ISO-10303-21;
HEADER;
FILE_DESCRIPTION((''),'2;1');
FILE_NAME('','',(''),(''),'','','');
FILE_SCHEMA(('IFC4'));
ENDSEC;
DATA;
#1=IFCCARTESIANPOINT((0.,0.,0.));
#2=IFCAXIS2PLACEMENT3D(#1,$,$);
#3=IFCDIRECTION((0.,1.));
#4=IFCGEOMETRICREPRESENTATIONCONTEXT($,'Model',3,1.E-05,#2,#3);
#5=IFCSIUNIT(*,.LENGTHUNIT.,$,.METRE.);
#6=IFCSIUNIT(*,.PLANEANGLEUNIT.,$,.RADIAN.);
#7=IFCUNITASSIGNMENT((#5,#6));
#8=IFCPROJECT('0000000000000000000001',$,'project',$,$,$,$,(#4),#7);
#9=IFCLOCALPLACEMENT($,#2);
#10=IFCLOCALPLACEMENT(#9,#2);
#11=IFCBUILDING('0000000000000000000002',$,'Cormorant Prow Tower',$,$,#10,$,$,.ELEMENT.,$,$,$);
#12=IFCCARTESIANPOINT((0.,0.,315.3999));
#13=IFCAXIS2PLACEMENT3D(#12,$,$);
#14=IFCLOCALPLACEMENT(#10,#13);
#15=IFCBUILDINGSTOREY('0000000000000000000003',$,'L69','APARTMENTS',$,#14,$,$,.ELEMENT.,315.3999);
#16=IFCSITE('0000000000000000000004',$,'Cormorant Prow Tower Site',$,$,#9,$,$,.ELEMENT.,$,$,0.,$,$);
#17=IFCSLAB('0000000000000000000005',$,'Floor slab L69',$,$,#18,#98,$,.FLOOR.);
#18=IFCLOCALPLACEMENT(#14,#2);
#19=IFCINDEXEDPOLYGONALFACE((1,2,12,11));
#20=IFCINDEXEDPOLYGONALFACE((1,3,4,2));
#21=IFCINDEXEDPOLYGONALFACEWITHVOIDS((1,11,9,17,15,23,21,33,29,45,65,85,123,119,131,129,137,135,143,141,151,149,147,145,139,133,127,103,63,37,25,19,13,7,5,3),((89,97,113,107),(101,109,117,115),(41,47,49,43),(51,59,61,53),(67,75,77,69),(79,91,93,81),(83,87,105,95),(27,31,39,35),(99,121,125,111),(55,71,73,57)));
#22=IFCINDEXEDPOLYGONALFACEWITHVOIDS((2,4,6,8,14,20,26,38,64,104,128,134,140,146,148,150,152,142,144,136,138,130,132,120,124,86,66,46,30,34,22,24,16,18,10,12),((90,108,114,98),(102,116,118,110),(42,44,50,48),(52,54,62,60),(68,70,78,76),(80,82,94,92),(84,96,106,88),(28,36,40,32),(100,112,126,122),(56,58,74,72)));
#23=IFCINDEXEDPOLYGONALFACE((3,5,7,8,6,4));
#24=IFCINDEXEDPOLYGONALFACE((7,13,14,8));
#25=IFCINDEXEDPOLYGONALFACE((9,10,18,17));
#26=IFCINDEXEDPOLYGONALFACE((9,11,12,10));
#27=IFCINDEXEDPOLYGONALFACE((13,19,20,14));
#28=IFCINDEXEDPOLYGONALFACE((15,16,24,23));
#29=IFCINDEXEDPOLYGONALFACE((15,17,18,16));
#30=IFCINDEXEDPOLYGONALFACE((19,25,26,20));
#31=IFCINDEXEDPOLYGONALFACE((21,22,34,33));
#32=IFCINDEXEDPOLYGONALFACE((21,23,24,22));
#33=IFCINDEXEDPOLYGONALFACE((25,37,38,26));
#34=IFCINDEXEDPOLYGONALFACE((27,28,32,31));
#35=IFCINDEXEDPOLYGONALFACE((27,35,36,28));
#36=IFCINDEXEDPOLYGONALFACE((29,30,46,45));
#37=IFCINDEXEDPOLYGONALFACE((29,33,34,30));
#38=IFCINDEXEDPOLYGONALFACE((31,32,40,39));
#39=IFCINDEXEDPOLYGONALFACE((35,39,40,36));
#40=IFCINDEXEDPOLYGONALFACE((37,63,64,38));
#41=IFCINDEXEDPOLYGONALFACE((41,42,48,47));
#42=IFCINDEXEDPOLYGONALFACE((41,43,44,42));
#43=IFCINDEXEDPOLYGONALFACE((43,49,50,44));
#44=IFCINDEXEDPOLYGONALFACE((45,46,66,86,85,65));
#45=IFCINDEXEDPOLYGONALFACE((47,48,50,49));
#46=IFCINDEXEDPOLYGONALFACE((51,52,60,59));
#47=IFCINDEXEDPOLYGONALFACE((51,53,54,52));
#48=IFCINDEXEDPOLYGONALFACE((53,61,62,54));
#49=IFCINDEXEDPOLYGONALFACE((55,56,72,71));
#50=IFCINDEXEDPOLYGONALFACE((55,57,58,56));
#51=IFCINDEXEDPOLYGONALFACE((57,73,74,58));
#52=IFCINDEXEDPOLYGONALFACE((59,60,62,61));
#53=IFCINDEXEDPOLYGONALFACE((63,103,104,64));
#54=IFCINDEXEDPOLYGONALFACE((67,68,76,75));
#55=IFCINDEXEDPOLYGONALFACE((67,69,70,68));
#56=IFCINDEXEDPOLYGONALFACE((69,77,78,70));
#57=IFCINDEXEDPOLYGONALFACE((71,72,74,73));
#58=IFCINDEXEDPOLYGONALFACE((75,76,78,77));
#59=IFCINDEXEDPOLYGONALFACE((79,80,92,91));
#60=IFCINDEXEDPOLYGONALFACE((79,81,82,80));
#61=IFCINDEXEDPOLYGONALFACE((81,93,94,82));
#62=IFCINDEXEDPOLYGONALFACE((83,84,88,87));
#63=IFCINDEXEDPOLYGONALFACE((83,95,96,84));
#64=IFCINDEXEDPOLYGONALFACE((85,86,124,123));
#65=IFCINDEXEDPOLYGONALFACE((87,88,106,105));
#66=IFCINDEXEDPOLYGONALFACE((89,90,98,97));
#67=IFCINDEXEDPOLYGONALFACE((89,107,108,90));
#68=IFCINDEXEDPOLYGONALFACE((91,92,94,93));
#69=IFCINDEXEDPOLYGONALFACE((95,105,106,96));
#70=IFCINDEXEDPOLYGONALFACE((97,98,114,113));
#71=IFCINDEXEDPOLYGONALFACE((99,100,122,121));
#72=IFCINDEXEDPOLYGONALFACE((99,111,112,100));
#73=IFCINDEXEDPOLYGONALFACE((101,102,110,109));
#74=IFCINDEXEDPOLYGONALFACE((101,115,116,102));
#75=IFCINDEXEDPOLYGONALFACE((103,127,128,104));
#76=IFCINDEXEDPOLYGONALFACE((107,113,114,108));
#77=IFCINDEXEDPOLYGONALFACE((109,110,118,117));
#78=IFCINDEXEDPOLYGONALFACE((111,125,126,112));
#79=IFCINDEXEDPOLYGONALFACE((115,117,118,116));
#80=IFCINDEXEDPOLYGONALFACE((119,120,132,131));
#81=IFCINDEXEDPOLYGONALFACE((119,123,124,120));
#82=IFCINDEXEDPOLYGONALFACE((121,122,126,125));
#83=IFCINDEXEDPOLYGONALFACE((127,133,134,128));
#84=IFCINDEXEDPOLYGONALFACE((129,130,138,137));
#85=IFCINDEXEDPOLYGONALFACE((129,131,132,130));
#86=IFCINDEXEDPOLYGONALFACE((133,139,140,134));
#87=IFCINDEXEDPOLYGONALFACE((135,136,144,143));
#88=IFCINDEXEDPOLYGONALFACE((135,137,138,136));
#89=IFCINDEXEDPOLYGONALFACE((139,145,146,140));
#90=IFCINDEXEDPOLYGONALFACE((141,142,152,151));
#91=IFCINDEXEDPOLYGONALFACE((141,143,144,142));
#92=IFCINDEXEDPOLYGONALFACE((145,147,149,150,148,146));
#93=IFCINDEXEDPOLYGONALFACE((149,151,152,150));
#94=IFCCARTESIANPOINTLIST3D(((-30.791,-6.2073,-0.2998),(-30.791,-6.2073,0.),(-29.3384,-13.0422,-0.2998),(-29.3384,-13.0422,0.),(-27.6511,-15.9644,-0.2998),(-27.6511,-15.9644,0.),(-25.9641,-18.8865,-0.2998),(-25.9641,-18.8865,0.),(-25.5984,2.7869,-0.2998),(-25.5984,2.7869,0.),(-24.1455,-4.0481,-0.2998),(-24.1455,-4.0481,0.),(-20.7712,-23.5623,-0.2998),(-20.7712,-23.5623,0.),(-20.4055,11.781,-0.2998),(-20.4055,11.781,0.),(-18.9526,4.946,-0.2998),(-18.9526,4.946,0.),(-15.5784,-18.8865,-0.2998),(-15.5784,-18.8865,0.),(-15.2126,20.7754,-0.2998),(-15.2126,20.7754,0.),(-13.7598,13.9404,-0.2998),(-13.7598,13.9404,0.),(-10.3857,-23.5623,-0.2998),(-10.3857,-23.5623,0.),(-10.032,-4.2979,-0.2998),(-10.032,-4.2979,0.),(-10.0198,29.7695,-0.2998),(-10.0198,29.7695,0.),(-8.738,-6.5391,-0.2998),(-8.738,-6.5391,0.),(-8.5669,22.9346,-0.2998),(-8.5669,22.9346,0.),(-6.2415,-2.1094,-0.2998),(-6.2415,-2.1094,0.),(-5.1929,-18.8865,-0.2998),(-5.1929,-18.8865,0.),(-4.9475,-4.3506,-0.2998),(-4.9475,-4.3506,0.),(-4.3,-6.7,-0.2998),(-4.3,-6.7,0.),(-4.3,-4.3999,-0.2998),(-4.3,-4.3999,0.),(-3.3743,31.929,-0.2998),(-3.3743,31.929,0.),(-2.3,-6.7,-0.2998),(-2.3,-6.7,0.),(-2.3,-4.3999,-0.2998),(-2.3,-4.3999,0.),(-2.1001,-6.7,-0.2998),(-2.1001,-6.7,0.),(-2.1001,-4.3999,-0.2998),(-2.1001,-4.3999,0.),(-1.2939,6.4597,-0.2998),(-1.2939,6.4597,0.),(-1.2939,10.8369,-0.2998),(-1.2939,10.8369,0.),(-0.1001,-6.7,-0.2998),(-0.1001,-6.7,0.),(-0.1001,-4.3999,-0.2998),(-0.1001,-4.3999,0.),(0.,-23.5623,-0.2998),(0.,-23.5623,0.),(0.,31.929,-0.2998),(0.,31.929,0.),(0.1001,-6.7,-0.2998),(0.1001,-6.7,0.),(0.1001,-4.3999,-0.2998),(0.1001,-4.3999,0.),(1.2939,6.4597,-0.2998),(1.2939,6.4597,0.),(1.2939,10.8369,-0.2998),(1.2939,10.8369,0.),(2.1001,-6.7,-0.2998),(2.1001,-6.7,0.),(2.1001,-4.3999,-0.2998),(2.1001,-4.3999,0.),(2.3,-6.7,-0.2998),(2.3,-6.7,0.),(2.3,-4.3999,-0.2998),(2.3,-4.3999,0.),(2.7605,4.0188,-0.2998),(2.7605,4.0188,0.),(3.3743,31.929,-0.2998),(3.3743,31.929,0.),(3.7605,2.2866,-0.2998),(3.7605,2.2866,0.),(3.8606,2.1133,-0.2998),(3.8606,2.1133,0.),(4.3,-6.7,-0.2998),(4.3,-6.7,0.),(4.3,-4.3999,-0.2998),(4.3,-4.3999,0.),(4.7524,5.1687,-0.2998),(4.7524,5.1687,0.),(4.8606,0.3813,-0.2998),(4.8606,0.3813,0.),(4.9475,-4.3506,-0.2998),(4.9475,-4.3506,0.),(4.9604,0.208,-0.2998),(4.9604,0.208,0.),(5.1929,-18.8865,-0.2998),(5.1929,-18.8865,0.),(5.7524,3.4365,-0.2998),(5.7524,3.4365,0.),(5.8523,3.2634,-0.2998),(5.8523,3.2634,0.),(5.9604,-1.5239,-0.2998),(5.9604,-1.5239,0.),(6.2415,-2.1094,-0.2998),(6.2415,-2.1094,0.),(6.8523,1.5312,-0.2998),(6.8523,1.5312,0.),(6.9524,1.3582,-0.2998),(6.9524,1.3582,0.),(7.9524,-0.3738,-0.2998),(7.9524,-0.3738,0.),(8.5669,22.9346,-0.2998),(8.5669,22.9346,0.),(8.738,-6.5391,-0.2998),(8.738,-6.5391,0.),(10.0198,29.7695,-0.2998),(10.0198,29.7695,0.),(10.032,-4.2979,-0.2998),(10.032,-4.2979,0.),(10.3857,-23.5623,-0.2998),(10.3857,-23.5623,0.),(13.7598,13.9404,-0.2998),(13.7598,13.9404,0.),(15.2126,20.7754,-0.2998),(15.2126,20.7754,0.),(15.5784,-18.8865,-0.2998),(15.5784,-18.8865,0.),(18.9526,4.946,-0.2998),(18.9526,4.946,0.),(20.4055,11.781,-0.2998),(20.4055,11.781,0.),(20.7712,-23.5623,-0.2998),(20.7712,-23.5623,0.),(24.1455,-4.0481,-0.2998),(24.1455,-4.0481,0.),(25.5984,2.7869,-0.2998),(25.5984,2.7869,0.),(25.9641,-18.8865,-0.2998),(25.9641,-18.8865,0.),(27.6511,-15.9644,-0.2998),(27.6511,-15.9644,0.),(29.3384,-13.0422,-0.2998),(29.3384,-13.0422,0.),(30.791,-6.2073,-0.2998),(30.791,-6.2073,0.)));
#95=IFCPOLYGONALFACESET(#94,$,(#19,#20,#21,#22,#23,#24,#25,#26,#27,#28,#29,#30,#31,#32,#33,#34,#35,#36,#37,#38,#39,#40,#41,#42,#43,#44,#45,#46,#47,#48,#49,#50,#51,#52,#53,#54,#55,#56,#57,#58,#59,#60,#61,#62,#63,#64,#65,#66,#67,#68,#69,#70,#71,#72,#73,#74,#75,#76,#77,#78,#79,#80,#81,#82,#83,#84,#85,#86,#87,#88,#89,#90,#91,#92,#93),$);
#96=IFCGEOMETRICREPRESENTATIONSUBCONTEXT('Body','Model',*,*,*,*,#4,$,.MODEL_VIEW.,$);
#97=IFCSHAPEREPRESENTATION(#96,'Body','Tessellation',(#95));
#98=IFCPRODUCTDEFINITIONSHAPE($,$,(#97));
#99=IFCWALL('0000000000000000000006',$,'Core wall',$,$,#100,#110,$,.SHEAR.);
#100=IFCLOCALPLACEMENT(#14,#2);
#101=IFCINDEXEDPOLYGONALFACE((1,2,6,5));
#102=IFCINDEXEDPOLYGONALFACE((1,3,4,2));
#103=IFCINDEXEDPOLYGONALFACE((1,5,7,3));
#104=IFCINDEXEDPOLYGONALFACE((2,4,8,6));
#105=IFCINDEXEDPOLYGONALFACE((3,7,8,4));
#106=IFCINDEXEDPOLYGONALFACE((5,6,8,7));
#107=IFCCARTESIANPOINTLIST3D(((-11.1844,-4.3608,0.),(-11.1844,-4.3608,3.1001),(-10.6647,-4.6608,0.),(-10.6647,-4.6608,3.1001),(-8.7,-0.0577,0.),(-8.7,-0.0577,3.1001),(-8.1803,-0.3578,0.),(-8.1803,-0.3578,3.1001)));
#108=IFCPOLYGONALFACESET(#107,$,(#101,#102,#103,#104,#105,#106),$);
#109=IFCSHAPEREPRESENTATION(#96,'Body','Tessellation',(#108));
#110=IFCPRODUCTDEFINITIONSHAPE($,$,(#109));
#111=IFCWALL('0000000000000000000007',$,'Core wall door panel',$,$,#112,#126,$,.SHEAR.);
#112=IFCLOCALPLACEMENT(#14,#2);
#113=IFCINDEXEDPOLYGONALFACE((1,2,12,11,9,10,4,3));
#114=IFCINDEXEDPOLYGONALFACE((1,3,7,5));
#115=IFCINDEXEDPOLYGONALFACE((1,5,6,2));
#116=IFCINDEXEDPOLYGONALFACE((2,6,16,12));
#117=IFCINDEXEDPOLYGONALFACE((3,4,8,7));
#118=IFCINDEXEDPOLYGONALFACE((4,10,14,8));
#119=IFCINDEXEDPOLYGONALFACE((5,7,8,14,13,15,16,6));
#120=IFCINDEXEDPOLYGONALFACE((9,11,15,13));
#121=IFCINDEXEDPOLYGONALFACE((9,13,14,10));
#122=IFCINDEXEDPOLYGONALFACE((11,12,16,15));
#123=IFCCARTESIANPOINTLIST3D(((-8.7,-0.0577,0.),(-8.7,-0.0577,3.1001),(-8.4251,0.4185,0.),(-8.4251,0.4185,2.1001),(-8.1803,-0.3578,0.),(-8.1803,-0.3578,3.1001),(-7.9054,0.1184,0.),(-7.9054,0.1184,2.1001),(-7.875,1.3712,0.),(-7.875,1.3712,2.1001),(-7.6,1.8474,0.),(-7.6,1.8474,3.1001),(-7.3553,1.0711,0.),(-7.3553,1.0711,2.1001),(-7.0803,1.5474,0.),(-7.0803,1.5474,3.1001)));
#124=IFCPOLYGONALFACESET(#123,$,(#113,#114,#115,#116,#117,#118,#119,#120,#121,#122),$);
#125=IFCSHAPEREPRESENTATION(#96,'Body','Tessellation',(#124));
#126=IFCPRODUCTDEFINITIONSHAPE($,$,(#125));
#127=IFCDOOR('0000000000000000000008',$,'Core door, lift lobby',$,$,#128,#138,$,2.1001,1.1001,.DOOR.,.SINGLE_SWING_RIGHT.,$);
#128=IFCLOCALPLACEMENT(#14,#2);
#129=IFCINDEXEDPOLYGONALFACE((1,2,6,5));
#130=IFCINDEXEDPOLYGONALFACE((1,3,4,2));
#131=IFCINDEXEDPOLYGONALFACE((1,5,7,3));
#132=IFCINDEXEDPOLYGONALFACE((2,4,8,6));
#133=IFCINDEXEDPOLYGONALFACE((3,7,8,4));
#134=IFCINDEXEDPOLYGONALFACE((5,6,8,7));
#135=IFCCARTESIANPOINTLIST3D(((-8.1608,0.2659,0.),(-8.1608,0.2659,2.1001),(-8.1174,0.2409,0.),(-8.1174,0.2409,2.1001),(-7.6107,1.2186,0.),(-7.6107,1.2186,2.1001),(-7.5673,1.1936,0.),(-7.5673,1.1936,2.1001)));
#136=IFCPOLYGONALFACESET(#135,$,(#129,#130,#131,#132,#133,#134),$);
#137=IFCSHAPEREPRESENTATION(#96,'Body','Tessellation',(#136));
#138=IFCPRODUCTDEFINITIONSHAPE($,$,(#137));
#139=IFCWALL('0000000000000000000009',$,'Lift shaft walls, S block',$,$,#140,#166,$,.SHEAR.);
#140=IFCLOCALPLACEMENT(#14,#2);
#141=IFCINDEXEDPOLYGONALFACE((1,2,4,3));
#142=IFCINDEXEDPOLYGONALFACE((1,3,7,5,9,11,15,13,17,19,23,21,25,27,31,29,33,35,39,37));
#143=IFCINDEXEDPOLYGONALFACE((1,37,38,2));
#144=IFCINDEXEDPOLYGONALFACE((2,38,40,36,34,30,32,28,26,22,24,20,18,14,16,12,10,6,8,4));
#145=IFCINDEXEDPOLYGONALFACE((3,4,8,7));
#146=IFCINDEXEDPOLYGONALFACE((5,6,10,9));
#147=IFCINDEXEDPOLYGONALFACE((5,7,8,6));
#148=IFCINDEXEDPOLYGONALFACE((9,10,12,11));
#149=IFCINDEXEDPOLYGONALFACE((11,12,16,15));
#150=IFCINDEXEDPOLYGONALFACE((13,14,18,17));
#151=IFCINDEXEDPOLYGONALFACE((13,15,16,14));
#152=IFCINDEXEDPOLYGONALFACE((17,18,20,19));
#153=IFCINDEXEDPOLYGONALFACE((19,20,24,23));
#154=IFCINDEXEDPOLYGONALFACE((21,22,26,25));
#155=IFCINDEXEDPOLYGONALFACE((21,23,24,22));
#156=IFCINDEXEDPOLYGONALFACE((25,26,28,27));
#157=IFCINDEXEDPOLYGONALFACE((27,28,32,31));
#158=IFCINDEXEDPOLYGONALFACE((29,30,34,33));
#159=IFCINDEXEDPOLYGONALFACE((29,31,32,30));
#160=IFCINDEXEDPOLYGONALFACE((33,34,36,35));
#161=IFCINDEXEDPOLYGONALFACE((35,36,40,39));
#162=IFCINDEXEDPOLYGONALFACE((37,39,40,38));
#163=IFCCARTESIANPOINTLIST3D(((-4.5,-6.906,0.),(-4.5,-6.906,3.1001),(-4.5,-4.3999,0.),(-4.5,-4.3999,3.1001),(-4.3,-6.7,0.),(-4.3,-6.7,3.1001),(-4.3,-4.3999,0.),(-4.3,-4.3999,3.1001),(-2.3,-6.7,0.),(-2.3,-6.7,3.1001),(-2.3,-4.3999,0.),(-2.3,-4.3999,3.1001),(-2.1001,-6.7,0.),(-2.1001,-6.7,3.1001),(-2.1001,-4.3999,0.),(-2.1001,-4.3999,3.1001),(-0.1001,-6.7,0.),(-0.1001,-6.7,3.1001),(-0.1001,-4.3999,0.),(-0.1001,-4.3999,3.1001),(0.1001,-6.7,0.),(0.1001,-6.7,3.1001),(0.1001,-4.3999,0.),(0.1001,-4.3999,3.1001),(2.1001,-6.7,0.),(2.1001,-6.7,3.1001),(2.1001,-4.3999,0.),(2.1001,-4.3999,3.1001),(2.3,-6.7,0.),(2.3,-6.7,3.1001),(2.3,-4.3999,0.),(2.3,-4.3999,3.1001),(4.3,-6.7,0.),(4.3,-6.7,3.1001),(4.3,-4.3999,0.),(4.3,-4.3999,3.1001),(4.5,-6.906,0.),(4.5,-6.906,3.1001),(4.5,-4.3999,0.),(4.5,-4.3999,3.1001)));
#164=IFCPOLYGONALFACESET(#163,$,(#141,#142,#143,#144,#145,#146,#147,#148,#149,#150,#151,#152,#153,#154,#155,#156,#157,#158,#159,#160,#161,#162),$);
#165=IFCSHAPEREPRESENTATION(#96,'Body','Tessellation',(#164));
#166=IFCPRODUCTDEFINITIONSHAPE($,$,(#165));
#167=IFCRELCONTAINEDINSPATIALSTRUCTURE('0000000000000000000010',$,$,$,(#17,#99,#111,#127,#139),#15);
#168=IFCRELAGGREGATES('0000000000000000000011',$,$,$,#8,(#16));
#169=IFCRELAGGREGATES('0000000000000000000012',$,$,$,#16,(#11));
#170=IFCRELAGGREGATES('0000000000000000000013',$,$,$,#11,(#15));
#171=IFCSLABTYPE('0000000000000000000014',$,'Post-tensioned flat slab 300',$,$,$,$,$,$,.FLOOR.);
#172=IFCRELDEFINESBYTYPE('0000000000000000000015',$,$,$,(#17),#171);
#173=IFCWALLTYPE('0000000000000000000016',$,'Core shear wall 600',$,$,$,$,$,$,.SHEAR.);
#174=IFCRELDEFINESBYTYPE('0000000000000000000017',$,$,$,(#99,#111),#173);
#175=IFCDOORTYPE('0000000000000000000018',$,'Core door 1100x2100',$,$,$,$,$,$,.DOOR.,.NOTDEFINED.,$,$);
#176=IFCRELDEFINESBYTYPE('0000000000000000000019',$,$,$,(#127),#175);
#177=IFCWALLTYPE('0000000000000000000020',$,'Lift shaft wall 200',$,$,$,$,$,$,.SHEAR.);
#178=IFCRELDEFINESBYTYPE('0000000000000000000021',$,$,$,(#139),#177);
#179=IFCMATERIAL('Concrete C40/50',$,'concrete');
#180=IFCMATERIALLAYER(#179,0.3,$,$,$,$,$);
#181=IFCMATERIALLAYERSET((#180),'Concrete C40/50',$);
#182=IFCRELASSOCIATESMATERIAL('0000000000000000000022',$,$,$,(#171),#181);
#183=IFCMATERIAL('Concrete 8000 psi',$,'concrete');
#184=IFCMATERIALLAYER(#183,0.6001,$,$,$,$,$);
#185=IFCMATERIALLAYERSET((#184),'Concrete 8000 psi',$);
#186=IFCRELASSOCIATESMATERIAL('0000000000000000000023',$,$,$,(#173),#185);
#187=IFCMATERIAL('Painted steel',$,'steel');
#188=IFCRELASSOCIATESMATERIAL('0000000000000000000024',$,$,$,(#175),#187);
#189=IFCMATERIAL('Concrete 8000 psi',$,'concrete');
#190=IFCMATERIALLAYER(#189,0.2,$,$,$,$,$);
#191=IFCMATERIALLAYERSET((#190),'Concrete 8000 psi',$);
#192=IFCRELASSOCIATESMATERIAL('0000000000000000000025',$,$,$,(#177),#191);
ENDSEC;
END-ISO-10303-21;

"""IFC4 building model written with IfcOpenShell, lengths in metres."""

from ifc_helpers import new_model, si_unit, direction, frame, frame_2d, origin, place, context, subcontext, project, spatial, polyline, rectangle, outline, extrude, material, layer, layer_set, type_object, element, fill, save


model = new_model("IFC4")

# Units and contexts
model_context = context("Model", 3, precision=1e-05, world=origin(), true_north=direction((0.0, 1.0)))
body_context = subcontext(model_context, "Body", "Model", "MODEL_VIEW")
ifc_project = project(units=[si_unit("LENGTHUNIT", "METRE"), si_unit("PLANEANGLEUNIT", "RADIAN")], contexts=[model_context])

# Site, building, storey
site_placement = place(None, origin())
site = spatial("IfcSite", under=ifc_project, at=site_placement, Name="Cormorant Prow Tower Site", CompositionType="ELEMENT", RefElevation=0.0)
building_placement = place(site_placement, origin())
building = spatial("IfcBuilding", under=site, at=building_placement, Name="Cormorant Prow Tower", CompositionType="ELEMENT")
storey_placement = place(building_placement, frame((0.0, 0.0, 315.3999)))
storey = spatial("IfcBuildingStorey", under=building, at=storey_placement, Name="L69", Description="APARTMENTS", CompositionType="ELEMENT", Elevation=315.3999)

# Slab
ifc_material_1 = material(Name="Concrete C40/50", Category="concrete")
ifc_layer_1 = layer(ifc_material_1, 0.3)
ifc_layer_set_1 = layer_set([ifc_layer_1], Name="Concrete C40/50")
slab_type_1 = type_object("IfcSlabType", Name="Post-tensioned flat slab 300", PredefinedType="FLOOR", material=ifc_layer_set_1)
slab_1_placement = place(storey_placement, frame((0.0, 0.0, -0.2998)))
element("IfcSlab", 1, at=slab_1_placement, inside=storey, type_object=slab_type_1, Name="Floor slab L69", PredefinedType="FLOOR", context=body_context, shape_type="SweptSolid", body=[
    extrude(outline(polyline([(-8.5669, 22.9346), (-15.2126, 20.7754), (-13.7598, 13.9404), (-20.4055, 11.781), (-18.9526, 4.946), (-25.5984, 2.7869), (-24.1455, -4.0481), (-30.791, -6.2073), (-29.3384, -13.0422), (-27.6511, -15.9644), (-25.9641, -18.8865), (-20.7712, -23.5623), (-15.5784, -18.8865), (-10.3857, -23.5623), (-5.1929, -18.8865), (0.0, -23.5623), (5.1929, -18.8865), (10.3857, -23.5623), (15.5784, -18.8865), (20.7712, -23.5623), (25.9641, -18.8865), (27.6511, -15.9644), (29.3384, -13.0422), (30.791, -6.2073), (24.1455, -4.0481), (25.5984, 2.7869), (18.9526, 4.946), (20.4055, 11.781), (13.7598, 13.9404), (15.2126, 20.7754), (8.5669, 22.9346), (10.0198, 29.7695), (3.3743, 31.929), (0.0, 31.929), (-3.3743, 31.929), (-10.0198, 29.7695), (-8.5669, 22.9346)]), holes=[polyline([(-4.3, -4.3999), (-2.3, -4.3999), (-2.3, -6.7), (-4.3, -6.7), (-4.3, -4.3999)]), polyline([(-0.1001, -4.3999), (-0.1001, -6.7), (-2.1001, -6.7), (-2.1001, -4.3999), (-0.1001, -4.3999)]), polyline([(2.1001, -6.7), (0.1001, -6.7), (0.1001, -4.3999), (2.1001, -4.3999), (2.1001, -6.7)]), polyline([(2.3, -6.7), (2.3, -4.3999), (4.3, -4.3999), (4.3, -6.7), (2.3, -6.7)]), polyline([(5.9604, -1.5239), (4.9604, 0.208), (6.9524, 1.3582), (7.9524, -0.3738), (5.9604, -1.5239)]), polyline([(3.8606, 2.1133), (5.8523, 3.2634), (6.8523, 1.5312), (4.8606, 0.3813), (3.8606, 2.1133)]), polyline([(4.7524, 5.1687), (5.7524, 3.4365), (3.7605, 2.2866), (2.7605, 4.0188), (4.7524, 5.1687)]), polyline([(-4.9475, -4.3506), (-8.738, -6.5391), (-10.032, -4.2979), (-6.2415, -2.1094), (-4.9475, -4.3506)]), polyline([(10.032, -4.2979), (8.738, -6.5391), (4.9475, -4.3506), (6.2415, -2.1094), (10.032, -4.2979)]), polyline([(1.2939, 10.8369), (1.2939, 6.4597), (-1.2939, 6.4597), (-1.2939, 10.8369), (1.2939, 10.8369)])]), origin(), (0.0, 0.0, 1.0), 0.2998),
])

# Wall
ifc_material_2 = material(Name="Concrete 8000 psi", Category="concrete")
ifc_layer_2 = layer(ifc_material_2, 0.6001)
ifc_layer_set_2 = layer_set([ifc_layer_2], Name="Concrete 8000 psi")
wall_type_1 = type_object("IfcWallType", Name="Core shear wall 600", PredefinedType="SHEAR", material=ifc_layer_set_2)
wall_1_placement = place(storey_placement, frame((-8.4402, -0.2078, 0.0), z_axis=(0.0, 0.0, 1.0), x_axis=(-0.500007, -0.866021, 0.0)))
element("IfcWall", 2, at=wall_1_placement, inside=storey, type_object=wall_type_1, Name="Core wall", PredefinedType="SHEAR", context=body_context, shape_type="SweptSolid", body=[
    extrude(rectangle(XDim=4.9688, YDim=0.6001, at=frame_2d((2.4844, 0.0))), origin(), (0.0, 0.0, 1.0), 3.1001),
])

# Wall, opening, door
wall_2_placement = place(storey_placement, frame((-7.3401, 1.6975, 0.0), z_axis=(0.0, 0.0, 1.0), x_axis=(-0.50003, -0.866008, 0.0)))
wall_2 = element("IfcWall", 3, at=wall_2_placement, inside=storey, type_object=wall_type_1, Name="Core wall door panel", PredefinedType="SHEAR", context=body_context, shape_type="SweptSolid", body=[
    extrude(rectangle(XDim=2.2, YDim=0.6001, at=frame_2d((1.1001, 0.0))), origin(), (0.0, 0.0, 1.0), 3.1001),
])
opening_1_placement = place(wall_2_placement, frame((0.55, 0.0, 0.0)))
opening_1 = element("IfcOpeningElement", 4, at=opening_1_placement, cuts=wall_2, PredefinedType="OPENING", context=body_context, shape_type="SweptSolid", body=[
    extrude(rectangle(XDim=1.1001, YDim=2.1001, at=frame_2d((0.55, 1.05))), frame((0.0, 0.3101, 0.0), z_axis=(0.0, -1.0, 0.0), x_axis=(1.0, 0.0, 0.0)), (0.0, 0.0, 1.0), 0.6201),
])
ifc_material_3 = material(Name="Painted steel", Category="steel")
door_type_1 = type_object("IfcDoorType", Name="Core door 1100x2100", OperationType="NOTDEFINED", PredefinedType="DOOR", material=ifc_material_3)
door_1_placement = place(opening_1_placement, origin())
door_1 = element("IfcDoor", 5, at=door_1_placement, inside=storey, type_object=door_type_1, Name="Core door, lift lobby", OperationType="SINGLE_SWING_RIGHT", OverallHeight=2.1001, OverallWidth=1.1001, PredefinedType="DOOR", context=body_context, shape_type="SweptSolid", body=[
    extrude(rectangle(XDim=1.1001, YDim=2.1001, at=frame_2d((0.55, 1.05))), frame((0.0, 0.0552, 0.0), z_axis=(0.0, -1.0, 0.0), x_axis=(1.0, 0.0, 0.0)), (0.0, 0.0, 1.0), 0.05),
])
fill(opening_1, door_1)

# Wall
ifc_material_4 = material(Name="Concrete 8000 psi", Category="concrete")
ifc_layer_3 = layer(ifc_material_4, 0.2)
ifc_layer_set_3 = layer_set([ifc_layer_3], Name="Concrete 8000 psi")
wall_type_2 = type_object("IfcWallType", Name="Lift shaft wall 200", PredefinedType="SHEAR", material=ifc_layer_set_3)
wall_3_placement = place(storey_placement, origin())
element("IfcWall", 6, at=wall_3_placement, inside=storey, type_object=wall_type_2, Name="Lift shaft walls, S block", PredefinedType="SHEAR", context=body_context, shape_type="SweptSolid", body=[
    extrude(outline(polyline([(4.5, -4.3999), (4.5, -6.906), (-4.5, -6.906), (-4.5, -4.3999), (-4.3, -4.3999), (-4.3, -6.7), (-2.3, -6.7), (-2.3, -4.3999), (-2.1001, -4.3999), (-2.1001, -6.7), (-0.1001, -6.7), (-0.1001, -4.3999), (0.1001, -4.3999), (0.1001, -6.7), (2.1001, -6.7), (2.1001, -4.3999), (2.3, -4.3999), (2.3, -6.7), (4.3, -6.7), (4.3, -4.3999), (4.5, -4.3999)])), origin(), (0.0, 0.0, 1.0), 3.1001),
])

save(model, "model.ifc")
